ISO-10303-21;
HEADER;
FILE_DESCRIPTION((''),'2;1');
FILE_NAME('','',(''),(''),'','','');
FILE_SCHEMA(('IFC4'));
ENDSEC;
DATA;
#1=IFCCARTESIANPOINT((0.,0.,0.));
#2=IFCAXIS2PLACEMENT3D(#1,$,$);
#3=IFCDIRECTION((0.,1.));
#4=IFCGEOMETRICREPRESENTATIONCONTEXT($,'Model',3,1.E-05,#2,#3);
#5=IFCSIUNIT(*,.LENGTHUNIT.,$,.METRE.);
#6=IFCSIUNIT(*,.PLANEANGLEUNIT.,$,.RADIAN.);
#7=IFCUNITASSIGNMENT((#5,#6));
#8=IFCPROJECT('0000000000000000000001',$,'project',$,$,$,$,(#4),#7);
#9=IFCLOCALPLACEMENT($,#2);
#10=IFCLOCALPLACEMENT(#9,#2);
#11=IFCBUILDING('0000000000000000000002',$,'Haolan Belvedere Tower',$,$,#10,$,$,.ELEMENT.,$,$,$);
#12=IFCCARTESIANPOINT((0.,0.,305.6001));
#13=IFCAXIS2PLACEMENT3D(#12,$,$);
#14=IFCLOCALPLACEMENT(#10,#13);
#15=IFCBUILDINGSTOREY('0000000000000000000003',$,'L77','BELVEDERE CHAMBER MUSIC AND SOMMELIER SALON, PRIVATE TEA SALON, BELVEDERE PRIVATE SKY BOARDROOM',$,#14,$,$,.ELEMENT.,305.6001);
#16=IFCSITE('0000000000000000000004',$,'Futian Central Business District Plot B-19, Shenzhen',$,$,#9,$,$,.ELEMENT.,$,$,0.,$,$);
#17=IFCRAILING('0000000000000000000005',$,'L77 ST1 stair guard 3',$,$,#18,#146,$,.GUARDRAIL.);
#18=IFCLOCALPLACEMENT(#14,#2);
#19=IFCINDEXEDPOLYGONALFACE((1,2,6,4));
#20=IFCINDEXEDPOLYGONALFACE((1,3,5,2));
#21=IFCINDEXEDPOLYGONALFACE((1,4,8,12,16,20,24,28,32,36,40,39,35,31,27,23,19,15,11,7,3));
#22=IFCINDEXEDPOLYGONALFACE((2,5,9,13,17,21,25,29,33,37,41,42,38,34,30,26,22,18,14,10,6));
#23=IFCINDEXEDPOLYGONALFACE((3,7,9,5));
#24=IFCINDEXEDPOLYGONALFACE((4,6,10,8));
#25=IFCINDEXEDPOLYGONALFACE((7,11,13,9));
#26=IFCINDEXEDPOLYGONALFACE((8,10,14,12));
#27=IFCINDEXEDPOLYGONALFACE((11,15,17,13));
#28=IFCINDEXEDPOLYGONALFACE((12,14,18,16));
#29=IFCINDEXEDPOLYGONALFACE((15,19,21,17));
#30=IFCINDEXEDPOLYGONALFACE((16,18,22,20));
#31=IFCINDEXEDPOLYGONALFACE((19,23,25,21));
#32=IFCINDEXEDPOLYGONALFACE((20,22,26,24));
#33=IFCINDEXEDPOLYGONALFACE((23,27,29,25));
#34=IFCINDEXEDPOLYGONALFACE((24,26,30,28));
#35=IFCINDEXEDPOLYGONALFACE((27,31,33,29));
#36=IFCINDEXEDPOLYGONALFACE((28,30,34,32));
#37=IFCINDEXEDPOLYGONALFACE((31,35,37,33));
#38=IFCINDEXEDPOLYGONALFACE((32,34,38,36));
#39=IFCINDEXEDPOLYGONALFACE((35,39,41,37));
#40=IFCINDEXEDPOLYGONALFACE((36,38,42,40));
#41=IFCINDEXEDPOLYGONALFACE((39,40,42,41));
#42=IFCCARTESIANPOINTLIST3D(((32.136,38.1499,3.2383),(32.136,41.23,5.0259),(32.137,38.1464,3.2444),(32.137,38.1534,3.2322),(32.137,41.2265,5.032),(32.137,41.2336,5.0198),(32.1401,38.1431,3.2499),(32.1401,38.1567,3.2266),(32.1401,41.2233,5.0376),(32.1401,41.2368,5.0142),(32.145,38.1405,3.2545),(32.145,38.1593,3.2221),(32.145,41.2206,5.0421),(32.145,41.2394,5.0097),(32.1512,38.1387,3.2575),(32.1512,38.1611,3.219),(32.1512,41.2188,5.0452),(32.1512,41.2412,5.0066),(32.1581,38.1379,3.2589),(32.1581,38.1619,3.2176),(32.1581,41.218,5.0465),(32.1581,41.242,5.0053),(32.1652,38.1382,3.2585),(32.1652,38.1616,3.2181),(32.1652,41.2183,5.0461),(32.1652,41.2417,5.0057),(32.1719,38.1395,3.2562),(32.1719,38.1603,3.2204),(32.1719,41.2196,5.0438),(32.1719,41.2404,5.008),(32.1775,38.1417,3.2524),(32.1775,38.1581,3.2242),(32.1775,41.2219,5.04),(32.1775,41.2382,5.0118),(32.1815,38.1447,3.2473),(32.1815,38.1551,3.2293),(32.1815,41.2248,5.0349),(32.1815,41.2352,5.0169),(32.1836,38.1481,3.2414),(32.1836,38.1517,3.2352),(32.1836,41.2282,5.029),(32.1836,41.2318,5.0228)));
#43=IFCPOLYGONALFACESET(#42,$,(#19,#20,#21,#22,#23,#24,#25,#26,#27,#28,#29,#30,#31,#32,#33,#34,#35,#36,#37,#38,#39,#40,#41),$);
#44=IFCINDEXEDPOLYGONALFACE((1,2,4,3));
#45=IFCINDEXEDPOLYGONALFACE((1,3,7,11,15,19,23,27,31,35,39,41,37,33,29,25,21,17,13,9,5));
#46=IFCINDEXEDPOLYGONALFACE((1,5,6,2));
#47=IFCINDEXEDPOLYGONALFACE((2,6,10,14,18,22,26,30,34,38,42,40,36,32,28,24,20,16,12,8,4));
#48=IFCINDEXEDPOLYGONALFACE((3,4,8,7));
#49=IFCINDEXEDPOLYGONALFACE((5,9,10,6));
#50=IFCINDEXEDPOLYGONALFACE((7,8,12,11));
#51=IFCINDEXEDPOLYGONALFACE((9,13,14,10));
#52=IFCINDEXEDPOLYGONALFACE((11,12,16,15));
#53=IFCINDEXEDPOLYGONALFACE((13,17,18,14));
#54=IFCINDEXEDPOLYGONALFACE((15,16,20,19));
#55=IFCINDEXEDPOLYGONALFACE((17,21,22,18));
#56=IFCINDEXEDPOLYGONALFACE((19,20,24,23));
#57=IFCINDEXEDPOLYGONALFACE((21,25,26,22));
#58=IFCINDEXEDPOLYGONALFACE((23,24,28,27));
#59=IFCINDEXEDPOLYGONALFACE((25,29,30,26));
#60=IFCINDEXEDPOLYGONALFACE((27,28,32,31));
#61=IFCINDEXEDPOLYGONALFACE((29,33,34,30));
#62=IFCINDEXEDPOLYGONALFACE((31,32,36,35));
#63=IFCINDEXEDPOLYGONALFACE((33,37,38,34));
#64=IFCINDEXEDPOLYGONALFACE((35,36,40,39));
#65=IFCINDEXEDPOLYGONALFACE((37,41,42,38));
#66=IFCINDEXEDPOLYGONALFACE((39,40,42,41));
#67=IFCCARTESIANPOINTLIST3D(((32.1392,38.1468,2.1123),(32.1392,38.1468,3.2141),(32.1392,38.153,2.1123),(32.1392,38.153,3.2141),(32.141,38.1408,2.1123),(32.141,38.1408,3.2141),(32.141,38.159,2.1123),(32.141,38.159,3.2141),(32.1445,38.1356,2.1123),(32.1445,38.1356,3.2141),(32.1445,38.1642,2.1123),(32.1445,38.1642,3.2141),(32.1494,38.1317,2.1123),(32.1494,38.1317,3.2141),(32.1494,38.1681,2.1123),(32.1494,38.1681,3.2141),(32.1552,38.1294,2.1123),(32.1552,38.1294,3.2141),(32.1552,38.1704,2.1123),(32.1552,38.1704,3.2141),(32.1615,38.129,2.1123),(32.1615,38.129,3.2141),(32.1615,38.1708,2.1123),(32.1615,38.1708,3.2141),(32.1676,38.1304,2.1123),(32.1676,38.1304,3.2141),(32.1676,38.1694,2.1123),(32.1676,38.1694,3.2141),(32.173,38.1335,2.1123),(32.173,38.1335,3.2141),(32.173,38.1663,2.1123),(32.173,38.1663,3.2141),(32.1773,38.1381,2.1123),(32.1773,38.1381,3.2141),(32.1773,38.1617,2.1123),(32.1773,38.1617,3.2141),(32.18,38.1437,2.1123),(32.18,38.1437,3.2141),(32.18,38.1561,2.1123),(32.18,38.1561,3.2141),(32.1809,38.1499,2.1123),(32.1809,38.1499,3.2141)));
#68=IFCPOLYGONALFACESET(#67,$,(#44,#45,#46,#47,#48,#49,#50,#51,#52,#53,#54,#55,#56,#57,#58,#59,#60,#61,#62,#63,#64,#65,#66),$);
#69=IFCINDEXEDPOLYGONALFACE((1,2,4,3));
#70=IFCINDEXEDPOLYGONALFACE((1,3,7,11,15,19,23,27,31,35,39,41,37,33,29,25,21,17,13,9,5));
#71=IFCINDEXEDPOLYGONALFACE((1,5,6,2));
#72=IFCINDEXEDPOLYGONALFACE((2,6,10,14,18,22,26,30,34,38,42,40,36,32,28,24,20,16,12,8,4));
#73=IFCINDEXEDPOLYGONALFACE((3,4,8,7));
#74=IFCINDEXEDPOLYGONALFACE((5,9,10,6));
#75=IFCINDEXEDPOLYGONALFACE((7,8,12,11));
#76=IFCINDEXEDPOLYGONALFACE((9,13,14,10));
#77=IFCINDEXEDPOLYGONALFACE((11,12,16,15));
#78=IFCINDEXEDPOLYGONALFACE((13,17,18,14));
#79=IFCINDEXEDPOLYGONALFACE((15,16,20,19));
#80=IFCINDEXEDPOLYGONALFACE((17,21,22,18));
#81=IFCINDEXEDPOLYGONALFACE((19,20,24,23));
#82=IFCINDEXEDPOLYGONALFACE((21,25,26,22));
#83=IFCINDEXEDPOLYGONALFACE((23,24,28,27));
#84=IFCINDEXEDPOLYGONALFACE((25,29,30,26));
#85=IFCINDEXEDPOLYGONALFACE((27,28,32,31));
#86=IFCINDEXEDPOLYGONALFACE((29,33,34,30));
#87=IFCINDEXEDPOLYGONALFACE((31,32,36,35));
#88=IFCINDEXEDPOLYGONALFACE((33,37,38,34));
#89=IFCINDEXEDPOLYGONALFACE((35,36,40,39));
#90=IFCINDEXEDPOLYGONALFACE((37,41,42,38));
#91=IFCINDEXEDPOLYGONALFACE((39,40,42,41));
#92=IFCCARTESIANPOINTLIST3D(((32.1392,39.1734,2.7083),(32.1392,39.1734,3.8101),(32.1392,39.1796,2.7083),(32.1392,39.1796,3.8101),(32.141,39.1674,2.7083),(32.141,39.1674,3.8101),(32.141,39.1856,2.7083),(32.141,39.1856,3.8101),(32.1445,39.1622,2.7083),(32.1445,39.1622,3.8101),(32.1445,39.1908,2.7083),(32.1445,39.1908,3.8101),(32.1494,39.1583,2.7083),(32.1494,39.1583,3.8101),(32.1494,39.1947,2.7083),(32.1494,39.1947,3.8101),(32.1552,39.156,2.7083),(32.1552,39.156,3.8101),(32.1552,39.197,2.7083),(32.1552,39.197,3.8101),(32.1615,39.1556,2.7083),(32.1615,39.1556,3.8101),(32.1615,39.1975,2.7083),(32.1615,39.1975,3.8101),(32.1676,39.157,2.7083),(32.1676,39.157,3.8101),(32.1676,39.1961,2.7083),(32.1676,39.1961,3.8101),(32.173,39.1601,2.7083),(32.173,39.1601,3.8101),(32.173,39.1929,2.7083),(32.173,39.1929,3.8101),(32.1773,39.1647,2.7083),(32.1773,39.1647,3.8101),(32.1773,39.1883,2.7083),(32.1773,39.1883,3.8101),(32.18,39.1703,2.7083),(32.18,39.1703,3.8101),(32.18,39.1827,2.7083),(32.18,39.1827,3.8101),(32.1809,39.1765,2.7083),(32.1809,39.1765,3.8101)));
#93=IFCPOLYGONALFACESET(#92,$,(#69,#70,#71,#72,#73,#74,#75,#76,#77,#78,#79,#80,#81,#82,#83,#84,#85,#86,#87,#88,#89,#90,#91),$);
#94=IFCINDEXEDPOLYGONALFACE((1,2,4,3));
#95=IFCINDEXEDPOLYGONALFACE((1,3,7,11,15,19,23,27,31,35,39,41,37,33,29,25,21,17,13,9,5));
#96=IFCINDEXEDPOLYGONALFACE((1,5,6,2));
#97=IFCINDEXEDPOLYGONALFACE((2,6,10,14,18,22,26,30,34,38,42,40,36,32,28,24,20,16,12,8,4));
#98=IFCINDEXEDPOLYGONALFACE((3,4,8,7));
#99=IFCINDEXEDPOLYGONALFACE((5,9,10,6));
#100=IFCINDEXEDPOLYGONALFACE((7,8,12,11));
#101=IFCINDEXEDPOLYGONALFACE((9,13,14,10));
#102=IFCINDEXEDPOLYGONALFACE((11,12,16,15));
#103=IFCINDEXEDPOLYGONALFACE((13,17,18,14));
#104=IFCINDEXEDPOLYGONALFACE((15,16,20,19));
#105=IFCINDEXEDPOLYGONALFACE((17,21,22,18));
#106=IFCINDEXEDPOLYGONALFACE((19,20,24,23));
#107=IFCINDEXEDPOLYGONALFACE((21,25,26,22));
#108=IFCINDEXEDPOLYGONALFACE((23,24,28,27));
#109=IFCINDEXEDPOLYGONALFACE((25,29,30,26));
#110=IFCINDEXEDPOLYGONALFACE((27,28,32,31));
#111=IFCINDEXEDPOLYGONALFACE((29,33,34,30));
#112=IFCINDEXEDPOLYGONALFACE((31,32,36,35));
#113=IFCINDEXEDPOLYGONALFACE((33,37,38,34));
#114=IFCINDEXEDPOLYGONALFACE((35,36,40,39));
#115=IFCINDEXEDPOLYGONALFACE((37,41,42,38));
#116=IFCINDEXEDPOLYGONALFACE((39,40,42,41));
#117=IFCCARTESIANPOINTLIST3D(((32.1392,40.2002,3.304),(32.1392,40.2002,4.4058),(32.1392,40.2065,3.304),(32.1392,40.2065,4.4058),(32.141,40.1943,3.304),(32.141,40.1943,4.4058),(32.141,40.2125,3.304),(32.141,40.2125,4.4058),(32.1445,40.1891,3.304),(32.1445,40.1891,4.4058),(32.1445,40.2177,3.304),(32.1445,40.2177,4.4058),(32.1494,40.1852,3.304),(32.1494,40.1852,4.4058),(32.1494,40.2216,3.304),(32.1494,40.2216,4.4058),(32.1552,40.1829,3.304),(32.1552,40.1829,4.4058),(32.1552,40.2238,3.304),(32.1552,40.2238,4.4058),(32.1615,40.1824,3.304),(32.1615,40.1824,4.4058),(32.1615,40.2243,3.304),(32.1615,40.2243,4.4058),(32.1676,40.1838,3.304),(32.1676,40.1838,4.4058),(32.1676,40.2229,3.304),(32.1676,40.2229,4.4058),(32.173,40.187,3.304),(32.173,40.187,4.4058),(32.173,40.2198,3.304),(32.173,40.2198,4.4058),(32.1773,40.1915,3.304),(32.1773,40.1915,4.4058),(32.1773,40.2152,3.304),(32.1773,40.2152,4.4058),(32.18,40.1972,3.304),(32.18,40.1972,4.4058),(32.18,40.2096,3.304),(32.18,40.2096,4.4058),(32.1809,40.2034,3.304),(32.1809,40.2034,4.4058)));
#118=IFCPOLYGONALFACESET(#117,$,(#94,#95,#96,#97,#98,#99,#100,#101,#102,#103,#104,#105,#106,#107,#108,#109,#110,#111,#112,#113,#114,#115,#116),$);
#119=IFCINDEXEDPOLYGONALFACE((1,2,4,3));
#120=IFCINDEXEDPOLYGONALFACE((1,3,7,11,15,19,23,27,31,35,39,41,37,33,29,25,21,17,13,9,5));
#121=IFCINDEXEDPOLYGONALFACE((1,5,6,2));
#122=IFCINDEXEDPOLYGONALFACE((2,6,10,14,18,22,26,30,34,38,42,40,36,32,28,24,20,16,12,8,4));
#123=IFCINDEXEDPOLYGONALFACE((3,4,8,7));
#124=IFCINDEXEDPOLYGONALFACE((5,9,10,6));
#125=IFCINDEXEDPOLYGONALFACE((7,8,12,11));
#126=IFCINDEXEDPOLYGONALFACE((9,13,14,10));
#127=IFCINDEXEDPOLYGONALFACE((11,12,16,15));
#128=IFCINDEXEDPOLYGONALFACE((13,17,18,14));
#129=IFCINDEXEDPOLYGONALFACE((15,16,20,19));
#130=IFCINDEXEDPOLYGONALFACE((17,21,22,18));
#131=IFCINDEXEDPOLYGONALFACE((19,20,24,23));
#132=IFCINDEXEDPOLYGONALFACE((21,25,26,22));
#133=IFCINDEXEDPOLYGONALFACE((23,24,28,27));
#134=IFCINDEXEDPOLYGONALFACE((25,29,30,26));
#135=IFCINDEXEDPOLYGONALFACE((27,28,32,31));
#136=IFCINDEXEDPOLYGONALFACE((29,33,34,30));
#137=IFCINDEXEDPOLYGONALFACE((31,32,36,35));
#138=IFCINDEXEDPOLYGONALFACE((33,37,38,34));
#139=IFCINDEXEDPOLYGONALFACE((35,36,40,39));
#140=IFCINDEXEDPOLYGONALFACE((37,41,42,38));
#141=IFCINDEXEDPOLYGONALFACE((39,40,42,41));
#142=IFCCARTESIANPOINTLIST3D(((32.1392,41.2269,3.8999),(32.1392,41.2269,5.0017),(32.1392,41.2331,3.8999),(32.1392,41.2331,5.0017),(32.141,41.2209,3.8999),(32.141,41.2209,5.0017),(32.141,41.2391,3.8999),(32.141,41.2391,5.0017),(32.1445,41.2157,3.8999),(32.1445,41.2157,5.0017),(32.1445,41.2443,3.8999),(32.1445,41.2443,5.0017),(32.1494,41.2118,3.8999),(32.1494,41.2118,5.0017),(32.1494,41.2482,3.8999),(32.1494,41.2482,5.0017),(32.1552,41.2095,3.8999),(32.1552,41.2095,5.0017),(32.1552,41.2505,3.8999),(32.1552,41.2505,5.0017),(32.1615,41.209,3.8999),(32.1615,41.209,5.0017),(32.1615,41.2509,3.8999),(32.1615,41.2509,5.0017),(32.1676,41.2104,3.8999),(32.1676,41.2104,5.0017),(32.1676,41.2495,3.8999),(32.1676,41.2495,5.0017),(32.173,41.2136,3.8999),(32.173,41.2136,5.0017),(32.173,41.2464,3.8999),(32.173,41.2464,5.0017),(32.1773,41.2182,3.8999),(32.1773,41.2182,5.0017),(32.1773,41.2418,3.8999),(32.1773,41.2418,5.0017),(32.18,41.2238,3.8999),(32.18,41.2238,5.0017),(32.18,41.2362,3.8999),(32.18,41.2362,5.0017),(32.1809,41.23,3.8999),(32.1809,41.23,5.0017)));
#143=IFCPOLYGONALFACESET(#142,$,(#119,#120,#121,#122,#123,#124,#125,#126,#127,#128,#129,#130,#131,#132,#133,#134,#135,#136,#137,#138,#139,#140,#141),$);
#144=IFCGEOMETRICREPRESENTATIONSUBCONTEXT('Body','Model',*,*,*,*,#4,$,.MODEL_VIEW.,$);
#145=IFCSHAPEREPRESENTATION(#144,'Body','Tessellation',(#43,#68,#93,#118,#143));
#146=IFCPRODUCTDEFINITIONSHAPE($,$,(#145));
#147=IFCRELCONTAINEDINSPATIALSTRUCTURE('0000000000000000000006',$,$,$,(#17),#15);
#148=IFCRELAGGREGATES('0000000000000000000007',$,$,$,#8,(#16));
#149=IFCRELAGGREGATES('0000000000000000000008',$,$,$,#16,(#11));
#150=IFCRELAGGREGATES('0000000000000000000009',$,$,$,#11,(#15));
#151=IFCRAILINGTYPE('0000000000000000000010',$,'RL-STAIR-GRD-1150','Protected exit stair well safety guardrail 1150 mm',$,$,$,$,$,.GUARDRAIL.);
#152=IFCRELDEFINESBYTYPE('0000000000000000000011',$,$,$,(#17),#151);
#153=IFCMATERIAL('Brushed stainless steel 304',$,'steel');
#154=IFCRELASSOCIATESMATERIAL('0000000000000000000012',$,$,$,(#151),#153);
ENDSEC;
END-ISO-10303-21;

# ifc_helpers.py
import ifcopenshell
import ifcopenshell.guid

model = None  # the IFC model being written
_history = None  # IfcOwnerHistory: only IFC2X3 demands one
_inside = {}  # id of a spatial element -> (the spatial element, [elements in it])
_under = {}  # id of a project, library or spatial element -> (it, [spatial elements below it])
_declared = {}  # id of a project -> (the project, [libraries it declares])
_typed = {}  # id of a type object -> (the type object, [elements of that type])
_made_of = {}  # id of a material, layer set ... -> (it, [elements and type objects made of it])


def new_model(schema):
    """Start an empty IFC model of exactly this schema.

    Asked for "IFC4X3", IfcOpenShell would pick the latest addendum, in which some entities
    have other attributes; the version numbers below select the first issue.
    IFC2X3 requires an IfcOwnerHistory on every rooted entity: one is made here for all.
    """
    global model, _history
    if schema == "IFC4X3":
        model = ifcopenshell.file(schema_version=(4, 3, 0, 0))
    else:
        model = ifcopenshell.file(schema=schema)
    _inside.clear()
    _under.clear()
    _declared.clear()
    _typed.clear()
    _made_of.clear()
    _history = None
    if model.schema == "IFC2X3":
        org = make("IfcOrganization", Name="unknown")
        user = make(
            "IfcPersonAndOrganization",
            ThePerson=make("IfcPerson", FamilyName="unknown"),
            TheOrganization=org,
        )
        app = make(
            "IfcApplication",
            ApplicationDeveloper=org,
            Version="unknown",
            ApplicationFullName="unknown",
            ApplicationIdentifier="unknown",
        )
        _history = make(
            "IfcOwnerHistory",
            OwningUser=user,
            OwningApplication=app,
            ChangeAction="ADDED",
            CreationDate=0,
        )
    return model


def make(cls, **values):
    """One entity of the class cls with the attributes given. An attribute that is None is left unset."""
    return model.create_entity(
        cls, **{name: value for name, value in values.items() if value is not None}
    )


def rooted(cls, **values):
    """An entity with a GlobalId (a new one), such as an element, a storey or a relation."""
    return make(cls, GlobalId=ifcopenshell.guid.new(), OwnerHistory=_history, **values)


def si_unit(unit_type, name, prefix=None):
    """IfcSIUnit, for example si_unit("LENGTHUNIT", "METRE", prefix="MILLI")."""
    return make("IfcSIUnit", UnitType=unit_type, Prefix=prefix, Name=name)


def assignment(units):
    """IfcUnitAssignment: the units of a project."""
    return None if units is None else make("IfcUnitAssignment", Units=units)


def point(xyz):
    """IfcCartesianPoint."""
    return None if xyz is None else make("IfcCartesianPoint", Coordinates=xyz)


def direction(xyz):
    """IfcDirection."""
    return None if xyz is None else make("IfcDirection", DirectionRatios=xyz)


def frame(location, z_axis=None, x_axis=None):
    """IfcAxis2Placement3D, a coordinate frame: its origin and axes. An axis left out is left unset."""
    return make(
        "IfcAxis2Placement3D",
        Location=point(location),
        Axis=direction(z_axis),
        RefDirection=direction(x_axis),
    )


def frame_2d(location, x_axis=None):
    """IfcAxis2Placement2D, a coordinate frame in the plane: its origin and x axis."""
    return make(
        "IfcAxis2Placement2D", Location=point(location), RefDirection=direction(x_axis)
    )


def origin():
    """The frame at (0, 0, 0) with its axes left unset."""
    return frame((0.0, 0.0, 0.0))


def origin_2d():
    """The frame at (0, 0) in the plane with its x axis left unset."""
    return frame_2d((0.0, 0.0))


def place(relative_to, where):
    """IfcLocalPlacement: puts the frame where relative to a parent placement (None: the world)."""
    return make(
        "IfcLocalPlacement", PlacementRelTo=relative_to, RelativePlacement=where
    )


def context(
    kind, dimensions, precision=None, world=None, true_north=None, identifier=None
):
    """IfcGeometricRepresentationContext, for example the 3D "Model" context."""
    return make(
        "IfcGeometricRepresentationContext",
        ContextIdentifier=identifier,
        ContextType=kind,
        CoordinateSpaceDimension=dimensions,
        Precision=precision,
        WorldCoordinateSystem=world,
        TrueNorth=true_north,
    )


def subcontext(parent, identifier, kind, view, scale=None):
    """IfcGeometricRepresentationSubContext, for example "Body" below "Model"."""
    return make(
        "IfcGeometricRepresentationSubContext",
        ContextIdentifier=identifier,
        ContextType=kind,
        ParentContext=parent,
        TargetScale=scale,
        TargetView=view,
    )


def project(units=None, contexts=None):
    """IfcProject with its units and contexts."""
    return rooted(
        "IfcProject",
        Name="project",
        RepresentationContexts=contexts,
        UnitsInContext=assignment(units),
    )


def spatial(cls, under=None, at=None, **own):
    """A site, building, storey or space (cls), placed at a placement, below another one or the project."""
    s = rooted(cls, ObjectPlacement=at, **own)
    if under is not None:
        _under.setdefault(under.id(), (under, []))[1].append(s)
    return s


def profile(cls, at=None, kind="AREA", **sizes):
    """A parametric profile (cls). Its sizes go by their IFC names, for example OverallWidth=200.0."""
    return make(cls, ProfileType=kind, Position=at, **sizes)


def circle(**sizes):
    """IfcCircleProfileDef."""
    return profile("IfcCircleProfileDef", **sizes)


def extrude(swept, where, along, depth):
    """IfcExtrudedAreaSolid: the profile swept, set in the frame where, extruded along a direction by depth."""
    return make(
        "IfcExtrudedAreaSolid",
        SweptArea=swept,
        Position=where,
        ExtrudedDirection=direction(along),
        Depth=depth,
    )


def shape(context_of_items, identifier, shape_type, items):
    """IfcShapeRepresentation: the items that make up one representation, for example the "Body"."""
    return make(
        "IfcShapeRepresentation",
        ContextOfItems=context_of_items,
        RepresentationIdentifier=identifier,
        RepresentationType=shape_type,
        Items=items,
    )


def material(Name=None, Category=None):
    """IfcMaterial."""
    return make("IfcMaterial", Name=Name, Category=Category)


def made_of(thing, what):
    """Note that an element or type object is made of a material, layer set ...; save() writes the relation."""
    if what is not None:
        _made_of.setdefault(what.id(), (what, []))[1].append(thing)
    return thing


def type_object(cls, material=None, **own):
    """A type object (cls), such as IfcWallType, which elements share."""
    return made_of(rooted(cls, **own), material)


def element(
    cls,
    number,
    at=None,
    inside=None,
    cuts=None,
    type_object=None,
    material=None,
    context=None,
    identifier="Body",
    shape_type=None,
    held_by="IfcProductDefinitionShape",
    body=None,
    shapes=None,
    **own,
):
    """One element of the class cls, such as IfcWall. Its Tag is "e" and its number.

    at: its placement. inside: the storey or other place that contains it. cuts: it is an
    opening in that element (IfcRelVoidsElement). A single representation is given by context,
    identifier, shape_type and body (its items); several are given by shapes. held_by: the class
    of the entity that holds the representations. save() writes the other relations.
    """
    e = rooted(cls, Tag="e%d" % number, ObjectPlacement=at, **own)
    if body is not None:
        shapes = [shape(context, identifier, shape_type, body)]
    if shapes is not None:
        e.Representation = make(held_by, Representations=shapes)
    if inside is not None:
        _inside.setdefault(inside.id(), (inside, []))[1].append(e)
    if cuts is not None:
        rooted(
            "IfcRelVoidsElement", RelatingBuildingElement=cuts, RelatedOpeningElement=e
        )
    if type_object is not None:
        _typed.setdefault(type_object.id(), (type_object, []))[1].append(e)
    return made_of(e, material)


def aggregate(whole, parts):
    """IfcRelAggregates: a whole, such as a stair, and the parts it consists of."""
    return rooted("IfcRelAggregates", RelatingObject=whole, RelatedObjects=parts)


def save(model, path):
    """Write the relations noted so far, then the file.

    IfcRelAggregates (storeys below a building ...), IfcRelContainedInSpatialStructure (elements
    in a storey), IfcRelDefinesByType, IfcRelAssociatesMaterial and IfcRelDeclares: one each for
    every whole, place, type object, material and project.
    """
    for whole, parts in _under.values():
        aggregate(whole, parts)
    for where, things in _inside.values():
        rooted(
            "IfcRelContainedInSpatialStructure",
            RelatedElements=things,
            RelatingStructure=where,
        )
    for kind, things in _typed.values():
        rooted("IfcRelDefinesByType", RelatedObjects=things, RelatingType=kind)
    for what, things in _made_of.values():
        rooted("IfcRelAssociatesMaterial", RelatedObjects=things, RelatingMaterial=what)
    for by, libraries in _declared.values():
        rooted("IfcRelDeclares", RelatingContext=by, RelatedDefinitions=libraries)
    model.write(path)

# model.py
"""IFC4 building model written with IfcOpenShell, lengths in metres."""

from ifc_helpers import new_model, si_unit, direction, frame, origin, origin_2d, place, context, subcontext, project, spatial, circle, extrude, material, type_object, element, save


model = new_model("IFC4")

# Units and contexts
model_context = context("Model", 3, precision=1e-05, world=origin(), true_north=direction((0.0, 1.0)))
body_context = subcontext(model_context, "Body", "Model", "MODEL_VIEW")
ifc_project = project(units=[si_unit("LENGTHUNIT", "METRE"), si_unit("PLANEANGLEUNIT", "RADIAN")], contexts=[model_context])

# Site, building, storey
site_placement = place(None, origin())
site = spatial("IfcSite", under=ifc_project, at=site_placement, Name="Futian Central Business District Plot B-19, Shenzhen", CompositionType="ELEMENT", RefElevation=0.0)
building_placement = place(site_placement, origin())
building = spatial("IfcBuilding", under=site, at=building_placement, Name="Haolan Belvedere Tower", CompositionType="ELEMENT")
storey_placement = place(building_placement, frame((0.0, 0.0, 305.6001)))
storey = spatial("IfcBuildingStorey", under=building, at=storey_placement, Name="L77", Description="BELVEDERE CHAMBER MUSIC AND SOMMELIER SALON, PRIVATE TEA SALON, BELVEDERE PRIVATE SKY BOARDROOM", CompositionType="ELEMENT", Elevation=305.6001)

# Railing
ifc_material_1 = material(Name="Brushed stainless steel 304", Category="steel")
railing_type_1 = type_object("IfcRailingType", Name="RL-STAIR-GRD-1150", Description="Protected exit stair well safety guardrail 1150 mm", PredefinedType="GUARDRAIL", material=ifc_material_1)
railing_1_placement = place(storey_placement, frame((32.1599, 38.1499, 2.1123)))
element("IfcRailing", 1, at=railing_1_placement, inside=storey, type_object=railing_type_1, Name="L77 ST1 stair guard 3", PredefinedType="GUARDRAIL", context=body_context, shape_type="SweptSolid", body=[
    extrude(circle(Radius=0.0239, at=origin_2d()), frame((0.0, 0.0, 1.126), z_axis=(0.0, 0.864891, 0.50196), x_axis=(-1.0, 0.0, 0.0)), (0.0, 0.0, 1.0), 3.5613),
    extrude(circle(Radius=0.021, at=origin_2d()), origin(), (0.0, 0.0, 1.0), 1.1018),
    extrude(circle(Radius=0.021, at=origin_2d()), frame((0.0, 1.0266, 0.5959)), (0.0, 0.0, 1.0), 1.1018),
    extrude(circle(Radius=0.021, at=origin_2d()), frame((0.0, 2.0535, 1.1917)), (0.0, 0.0, 1.0), 1.1018),
    extrude(circle(Radius=0.021, at=origin_2d()), frame((0.0, 3.0801, 1.7876)), (0.0, 0.0, 1.0), 1.1018),
])

save(model, "model.ifc")
